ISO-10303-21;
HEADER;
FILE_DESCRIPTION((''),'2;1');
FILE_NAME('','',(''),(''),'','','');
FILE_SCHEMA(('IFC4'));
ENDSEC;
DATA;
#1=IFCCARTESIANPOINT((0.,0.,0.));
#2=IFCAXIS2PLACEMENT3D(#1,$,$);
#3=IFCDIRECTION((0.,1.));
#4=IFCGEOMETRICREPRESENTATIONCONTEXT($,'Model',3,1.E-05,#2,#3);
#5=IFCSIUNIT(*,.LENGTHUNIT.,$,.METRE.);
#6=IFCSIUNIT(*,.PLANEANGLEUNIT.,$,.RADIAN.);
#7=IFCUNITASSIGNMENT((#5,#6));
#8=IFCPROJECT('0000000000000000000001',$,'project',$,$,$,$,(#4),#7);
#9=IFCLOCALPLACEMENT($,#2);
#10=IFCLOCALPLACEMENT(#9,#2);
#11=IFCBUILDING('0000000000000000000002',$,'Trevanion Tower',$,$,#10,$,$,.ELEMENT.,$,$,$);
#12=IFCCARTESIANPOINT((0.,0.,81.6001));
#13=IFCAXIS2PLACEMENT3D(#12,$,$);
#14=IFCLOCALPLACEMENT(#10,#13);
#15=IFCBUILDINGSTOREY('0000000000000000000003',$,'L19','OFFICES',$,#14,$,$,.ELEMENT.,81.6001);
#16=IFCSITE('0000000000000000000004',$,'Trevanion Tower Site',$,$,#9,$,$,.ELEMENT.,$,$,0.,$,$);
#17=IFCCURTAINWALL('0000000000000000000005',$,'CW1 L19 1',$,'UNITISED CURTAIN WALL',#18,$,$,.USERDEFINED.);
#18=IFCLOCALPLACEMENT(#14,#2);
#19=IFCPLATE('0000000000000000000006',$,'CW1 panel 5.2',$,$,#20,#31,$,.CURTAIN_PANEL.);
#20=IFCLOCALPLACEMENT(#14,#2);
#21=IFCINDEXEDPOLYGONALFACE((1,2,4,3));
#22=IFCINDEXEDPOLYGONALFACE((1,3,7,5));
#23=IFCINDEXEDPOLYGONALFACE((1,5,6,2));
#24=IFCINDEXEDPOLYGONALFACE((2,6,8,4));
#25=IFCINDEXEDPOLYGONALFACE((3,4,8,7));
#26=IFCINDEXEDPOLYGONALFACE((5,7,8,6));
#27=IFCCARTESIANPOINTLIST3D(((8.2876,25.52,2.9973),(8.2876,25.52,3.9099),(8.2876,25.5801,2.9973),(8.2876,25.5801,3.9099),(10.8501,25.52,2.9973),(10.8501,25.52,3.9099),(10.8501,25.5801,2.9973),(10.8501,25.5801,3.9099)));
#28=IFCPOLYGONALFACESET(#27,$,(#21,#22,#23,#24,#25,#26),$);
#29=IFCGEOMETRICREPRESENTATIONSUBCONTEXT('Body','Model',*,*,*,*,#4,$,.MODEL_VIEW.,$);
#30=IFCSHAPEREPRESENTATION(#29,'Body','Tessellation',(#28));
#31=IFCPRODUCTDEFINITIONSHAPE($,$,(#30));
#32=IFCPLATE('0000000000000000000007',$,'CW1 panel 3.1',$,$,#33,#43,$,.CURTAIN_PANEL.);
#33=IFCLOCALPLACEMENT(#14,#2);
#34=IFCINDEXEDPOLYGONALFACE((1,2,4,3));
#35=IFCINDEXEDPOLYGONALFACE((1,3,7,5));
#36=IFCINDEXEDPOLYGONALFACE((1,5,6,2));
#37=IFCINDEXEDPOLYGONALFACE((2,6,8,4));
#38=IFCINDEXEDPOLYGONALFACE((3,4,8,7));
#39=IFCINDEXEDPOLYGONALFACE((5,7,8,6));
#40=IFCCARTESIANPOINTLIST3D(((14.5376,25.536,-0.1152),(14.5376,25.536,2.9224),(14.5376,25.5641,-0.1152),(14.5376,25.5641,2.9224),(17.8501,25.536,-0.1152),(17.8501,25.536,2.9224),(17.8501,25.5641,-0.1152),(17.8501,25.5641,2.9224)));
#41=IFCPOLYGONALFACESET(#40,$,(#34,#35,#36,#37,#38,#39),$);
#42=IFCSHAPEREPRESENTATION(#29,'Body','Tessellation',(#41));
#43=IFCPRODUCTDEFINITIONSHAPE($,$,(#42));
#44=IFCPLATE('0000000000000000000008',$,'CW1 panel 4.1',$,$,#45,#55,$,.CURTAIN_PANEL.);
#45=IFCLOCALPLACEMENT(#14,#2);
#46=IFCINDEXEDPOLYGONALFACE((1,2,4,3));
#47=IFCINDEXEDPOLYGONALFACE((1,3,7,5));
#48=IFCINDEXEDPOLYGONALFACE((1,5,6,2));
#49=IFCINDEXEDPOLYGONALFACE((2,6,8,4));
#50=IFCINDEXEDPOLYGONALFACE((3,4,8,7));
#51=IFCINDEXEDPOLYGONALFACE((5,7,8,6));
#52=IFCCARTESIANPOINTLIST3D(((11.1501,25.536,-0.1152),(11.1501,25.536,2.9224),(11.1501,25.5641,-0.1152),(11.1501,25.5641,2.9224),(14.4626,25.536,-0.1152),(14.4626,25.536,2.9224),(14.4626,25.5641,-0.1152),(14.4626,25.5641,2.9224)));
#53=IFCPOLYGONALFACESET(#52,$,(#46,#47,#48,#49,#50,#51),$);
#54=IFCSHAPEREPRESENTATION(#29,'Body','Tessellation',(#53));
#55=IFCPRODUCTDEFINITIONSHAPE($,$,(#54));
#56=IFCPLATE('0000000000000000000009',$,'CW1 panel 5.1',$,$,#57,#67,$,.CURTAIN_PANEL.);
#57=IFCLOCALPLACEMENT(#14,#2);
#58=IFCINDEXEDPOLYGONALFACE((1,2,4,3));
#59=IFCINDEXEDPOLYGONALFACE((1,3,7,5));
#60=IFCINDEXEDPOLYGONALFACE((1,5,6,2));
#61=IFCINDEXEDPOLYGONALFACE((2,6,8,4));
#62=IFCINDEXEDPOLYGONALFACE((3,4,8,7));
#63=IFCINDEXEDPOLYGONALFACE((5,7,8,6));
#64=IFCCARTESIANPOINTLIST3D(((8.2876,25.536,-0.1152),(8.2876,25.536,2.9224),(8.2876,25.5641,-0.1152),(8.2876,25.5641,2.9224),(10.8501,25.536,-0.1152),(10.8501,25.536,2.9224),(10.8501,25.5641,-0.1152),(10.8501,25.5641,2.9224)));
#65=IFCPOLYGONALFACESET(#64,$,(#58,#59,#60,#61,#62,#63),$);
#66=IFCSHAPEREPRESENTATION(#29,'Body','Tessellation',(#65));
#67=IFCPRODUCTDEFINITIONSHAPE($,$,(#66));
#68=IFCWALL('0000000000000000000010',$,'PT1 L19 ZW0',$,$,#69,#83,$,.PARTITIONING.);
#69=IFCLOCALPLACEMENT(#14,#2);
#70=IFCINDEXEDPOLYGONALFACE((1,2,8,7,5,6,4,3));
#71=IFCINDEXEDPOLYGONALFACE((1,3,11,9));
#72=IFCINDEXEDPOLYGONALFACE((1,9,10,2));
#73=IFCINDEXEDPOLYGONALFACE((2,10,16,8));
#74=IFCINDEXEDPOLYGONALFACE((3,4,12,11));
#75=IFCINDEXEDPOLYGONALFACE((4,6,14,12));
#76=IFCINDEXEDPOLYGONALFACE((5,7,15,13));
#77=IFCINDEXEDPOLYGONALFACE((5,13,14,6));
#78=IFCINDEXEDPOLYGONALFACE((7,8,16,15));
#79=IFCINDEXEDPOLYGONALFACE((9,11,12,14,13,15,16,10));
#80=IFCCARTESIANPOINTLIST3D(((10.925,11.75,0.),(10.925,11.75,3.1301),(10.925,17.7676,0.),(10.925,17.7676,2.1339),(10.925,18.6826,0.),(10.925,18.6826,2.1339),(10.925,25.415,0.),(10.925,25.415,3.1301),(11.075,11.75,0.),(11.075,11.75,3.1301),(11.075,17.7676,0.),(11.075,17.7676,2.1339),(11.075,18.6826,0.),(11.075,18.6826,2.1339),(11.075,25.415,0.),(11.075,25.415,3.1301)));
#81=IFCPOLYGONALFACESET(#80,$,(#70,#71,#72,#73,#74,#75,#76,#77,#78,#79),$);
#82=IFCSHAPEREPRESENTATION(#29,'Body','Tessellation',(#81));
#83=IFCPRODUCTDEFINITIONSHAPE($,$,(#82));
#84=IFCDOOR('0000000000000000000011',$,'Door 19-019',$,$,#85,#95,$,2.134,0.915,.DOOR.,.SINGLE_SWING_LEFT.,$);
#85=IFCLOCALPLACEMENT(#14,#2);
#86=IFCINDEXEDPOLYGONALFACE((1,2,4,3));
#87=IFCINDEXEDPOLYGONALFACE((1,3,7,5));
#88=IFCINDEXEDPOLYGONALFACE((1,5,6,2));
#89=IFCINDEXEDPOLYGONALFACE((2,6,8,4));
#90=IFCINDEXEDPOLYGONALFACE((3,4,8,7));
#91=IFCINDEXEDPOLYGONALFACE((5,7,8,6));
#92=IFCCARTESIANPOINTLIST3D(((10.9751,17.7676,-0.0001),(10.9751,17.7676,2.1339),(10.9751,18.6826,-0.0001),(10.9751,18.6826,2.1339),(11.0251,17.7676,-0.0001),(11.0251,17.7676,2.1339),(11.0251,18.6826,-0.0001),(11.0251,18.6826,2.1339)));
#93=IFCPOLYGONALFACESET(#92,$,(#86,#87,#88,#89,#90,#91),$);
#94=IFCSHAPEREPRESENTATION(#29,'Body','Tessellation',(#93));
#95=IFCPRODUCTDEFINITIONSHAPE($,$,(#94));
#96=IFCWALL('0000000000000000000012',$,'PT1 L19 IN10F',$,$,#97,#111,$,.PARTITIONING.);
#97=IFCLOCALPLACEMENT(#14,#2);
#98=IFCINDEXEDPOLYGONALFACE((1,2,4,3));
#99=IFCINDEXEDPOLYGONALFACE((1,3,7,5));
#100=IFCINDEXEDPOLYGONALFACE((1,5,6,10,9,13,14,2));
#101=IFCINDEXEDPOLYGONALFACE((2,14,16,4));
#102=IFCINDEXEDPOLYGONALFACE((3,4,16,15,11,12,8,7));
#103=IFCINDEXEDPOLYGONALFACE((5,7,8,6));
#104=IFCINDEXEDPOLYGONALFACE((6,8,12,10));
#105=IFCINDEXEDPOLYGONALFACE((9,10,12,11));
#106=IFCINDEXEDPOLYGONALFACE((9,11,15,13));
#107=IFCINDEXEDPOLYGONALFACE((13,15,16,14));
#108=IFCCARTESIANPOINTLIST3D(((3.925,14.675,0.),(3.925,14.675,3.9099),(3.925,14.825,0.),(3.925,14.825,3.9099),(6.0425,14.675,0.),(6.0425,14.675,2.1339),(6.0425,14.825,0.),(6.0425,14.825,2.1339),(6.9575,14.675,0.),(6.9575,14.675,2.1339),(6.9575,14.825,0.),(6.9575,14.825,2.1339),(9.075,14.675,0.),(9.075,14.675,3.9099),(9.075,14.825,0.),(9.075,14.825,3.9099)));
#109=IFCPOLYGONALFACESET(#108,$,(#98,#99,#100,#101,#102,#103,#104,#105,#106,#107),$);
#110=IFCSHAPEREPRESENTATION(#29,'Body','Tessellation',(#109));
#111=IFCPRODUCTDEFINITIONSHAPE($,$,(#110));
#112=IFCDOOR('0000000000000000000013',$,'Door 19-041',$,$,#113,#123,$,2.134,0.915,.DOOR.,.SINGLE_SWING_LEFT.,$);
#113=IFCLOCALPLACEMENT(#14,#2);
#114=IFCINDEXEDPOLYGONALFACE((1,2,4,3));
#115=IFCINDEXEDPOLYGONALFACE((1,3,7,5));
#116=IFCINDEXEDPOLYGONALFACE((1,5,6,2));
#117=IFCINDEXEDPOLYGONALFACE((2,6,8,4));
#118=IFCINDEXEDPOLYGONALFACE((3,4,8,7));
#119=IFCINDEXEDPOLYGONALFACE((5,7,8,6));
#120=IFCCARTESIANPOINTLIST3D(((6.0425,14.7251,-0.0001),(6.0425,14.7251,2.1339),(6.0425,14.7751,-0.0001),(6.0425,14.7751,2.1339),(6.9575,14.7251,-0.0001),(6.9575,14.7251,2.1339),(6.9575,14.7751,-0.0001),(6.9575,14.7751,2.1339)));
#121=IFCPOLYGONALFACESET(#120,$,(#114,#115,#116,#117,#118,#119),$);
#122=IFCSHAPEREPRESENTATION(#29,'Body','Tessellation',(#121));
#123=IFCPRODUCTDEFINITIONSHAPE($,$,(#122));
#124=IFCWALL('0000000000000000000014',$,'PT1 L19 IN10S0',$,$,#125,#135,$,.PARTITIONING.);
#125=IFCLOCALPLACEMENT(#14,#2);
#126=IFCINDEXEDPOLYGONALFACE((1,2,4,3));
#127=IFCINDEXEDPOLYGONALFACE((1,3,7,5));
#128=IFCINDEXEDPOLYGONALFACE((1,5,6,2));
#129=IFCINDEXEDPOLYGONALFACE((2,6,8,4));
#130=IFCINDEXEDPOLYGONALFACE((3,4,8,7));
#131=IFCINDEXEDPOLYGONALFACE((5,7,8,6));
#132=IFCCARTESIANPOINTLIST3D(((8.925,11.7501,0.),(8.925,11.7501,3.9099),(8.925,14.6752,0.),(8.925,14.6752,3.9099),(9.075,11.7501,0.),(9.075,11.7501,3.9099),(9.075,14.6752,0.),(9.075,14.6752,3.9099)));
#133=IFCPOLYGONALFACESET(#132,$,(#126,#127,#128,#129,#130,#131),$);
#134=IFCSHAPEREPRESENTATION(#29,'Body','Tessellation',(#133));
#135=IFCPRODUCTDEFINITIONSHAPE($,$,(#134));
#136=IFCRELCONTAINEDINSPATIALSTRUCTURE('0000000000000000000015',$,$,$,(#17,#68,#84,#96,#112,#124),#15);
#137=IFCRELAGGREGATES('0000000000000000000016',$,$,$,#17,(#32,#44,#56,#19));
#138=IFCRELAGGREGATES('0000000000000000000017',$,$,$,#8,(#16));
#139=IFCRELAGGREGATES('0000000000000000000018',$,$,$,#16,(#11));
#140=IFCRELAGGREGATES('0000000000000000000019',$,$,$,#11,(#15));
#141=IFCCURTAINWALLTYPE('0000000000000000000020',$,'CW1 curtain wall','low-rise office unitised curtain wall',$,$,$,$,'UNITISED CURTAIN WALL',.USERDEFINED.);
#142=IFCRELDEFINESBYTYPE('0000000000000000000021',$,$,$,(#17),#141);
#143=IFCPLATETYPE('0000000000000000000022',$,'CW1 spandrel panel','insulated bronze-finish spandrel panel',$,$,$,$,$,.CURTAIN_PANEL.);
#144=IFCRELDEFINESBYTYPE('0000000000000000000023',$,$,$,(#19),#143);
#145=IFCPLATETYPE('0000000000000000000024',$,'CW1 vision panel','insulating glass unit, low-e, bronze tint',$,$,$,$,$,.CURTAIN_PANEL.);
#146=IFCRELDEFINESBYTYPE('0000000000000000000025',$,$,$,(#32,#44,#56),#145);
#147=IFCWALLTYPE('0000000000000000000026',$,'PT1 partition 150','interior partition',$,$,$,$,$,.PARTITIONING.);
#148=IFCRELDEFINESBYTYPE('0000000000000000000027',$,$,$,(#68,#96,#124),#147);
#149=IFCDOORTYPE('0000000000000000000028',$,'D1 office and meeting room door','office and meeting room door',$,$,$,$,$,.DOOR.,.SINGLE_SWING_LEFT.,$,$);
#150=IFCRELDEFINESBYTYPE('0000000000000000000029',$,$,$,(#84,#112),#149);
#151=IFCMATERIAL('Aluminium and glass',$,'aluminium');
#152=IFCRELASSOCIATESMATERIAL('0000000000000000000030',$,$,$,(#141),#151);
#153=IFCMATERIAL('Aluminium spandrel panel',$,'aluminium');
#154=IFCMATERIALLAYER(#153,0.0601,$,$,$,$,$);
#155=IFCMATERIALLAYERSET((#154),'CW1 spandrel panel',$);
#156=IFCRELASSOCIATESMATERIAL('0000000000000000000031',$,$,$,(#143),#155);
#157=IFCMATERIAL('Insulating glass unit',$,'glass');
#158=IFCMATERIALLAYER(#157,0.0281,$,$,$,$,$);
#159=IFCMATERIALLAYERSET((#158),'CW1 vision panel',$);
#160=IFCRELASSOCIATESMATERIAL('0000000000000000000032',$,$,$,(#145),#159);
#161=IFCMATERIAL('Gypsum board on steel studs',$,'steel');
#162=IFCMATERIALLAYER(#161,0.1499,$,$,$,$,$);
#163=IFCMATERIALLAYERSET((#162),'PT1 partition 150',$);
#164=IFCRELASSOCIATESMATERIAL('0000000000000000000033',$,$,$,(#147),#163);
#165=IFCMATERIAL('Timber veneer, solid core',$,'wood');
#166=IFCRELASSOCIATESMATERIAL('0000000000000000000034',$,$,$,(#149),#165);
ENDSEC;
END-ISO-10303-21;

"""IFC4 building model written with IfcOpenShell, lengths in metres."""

from ifc_helpers import new_model, si_unit, direction, frame, frame_2d, origin, origin_2d, place, context, subcontext, project, spatial, rectangle, extrude, material, layer, layer_set, type_object, element, fill, aggregate, save


model = new_model("IFC4")

# Units and contexts
model_context = context("Model", 3, precision=1e-05, world=origin(), true_north=direction((0.0, 1.0)))
body_context = subcontext(model_context, "Body", "Model", "MODEL_VIEW")
ifc_project = project(units=[si_unit("LENGTHUNIT", "METRE"), si_unit("PLANEANGLEUNIT", "RADIAN")], contexts=[model_context])

# Site, building, storey
site_placement = place(None, origin())
site = spatial("IfcSite", under=ifc_project, at=site_placement, Name="Trevanion Tower Site", CompositionType="ELEMENT", RefElevation=0.0)
building_placement = place(site_placement, origin())
building = spatial("IfcBuilding", under=site, at=building_placement, Name="Trevanion Tower", CompositionType="ELEMENT")
storey_placement = place(building_placement, frame((0.0, 0.0, 81.6001)))
storey = spatial("IfcBuildingStorey", under=building, at=storey_placement, Name="L19", Description="OFFICES", CompositionType="ELEMENT", Elevation=81.6001)

# Curtain wall
ifc_material_1 = material(Name="Aluminium and glass", Category="aluminium")
curtain_wall_type = type_object("IfcCurtainWallType", Name="CW1 curtain wall", Description="low-rise office unitised curtain wall", ElementType="UNITISED CURTAIN WALL", PredefinedType="USERDEFINED", material=ifc_material_1)
curtain_wall_placement = place(storey_placement, origin())
curtain_wall = element("IfcCurtainWall", 1, at=curtain_wall_placement, inside=storey, type_object=curtain_wall_type, Name="CW1 L19 1", ObjectType="UNITISED CURTAIN WALL", PredefinedType="USERDEFINED")

# Plates
ifc_material_2 = material(Name="Aluminium spandrel panel", Category="aluminium")
ifc_layer_1 = layer(ifc_material_2, 0.0601)
ifc_layer_set_1 = layer_set([ifc_layer_1], Name="CW1 spandrel panel")
plate_type_1 = type_object("IfcPlateType", Name="CW1 spandrel panel", Description="insulated bronze-finish spandrel panel", PredefinedType="CURTAIN_PANEL", material=ifc_layer_set_1)
plate_1_placement = place(storey_placement, frame((9.5688, 25.55, 2.9973), z_axis=(0.0, 0.0, 1.0), x_axis=(-1.0, 0.0, 0.0)))
plate_1 = element("IfcPlate", 2, at=plate_1_placement, type_object=plate_type_1, Name="CW1 panel 5.2", PredefinedType="CURTAIN_PANEL", context=body_context, shape_type="SweptSolid", body=[
    extrude(rectangle(XDim=2.5625, YDim=0.0601, at=origin_2d()), origin(), (0.0, 0.0, 1.0), 0.9126),
])
ifc_material_3 = material(Name="Insulating glass unit", Category="glass")
ifc_layer_2 = layer(ifc_material_3, 0.0281)
ifc_layer_set_2 = layer_set([ifc_layer_2], Name="CW1 vision panel")
plate_type_2 = type_object("IfcPlateType", Name="CW1 vision panel", Description="insulating glass unit, low-e, bronze tint", PredefinedType="CURTAIN_PANEL", material=ifc_layer_set_2)
plate_2_placement = place(storey_placement, frame((16.1938, 25.55, -0.1152), z_axis=(0.0, 0.0, 1.0), x_axis=(-1.0, 0.0, 0.0)))
plate_2 = element("IfcPlate", 3, at=plate_2_placement, type_object=plate_type_2, Name="CW1 panel 3.1", PredefinedType="CURTAIN_PANEL", context=body_context, shape_type="SweptSolid", body=[
    extrude(rectangle(XDim=3.3125, YDim=0.0281, at=origin_2d()), origin(), (0.0, 0.0, 1.0), 3.0376),
])
plate_3_placement = place(storey_placement, frame((12.8064, 25.55, -0.1152), z_axis=(0.0, 0.0, 1.0), x_axis=(-1.0, 0.0, 0.0)))
plate_3 = element("IfcPlate", 4, at=plate_3_placement, type_object=plate_type_2, Name="CW1 panel 4.1", PredefinedType="CURTAIN_PANEL", context=body_context, shape_type="SweptSolid", body=[
    extrude(rectangle(XDim=3.3125, YDim=0.0281, at=origin_2d()), origin(), (0.0, 0.0, 1.0), 3.0376),
])
plate_4_placement = place(storey_placement, frame((9.5688, 25.55, -0.1152), z_axis=(0.0, 0.0, 1.0), x_axis=(-1.0, 0.0, 0.0)))
plate_4 = element("IfcPlate", 5, at=plate_4_placement, type_object=plate_type_2, Name="CW1 panel 5.1", PredefinedType="CURTAIN_PANEL", context=body_context, shape_type="SweptSolid", body=[
    extrude(rectangle(XDim=2.5625, YDim=0.0281, at=origin_2d()), origin(), (0.0, 0.0, 1.0), 3.0376),
])
aggregate(curtain_wall, [plate_2, plate_3, plate_4, plate_1])

# Walls, openings, doors
ifc_material_4 = material(Name="Gypsum board on steel studs", Category="steel")
ifc_layer_3 = layer(ifc_material_4, 0.1499)
ifc_layer_set_3 = layer_set([ifc_layer_3], Name="PT1 partition 150")
wall_type = type_object("IfcWallType", Name="PT1 partition 150", Description="interior partition", PredefinedType="PARTITIONING", material=ifc_layer_set_3)
wall_1_placement = place(storey_placement, frame((11.0, 11.75, 0.0), z_axis=(0.0, 0.0, 1.0), x_axis=(0.0, 1.0, 0.0)))
wall_1 = element("IfcWall", 6, at=wall_1_placement, inside=storey, type_object=wall_type, Name="PT1 L19 ZW0", PredefinedType="PARTITIONING", context=body_context, shape_type="SweptSolid", body=[
    extrude(rectangle(XDim=13.665, YDim=0.1499, at=frame_2d((6.8325, 0.0))), origin(), (0.0, 0.0, 1.0), 3.1301),
])
opening_1_placement = place(wall_1_placement, frame((6.0176, 0.0, 0.0)))
opening_1 = element("IfcOpeningElement", 7, at=opening_1_placement, cuts=wall_1, PredefinedType="OPENING", context=body_context, shape_type="SweptSolid", body=[
    extrude(rectangle(XDim=0.915, YDim=2.134, at=frame_2d((0.4575, 1.0669))), frame((0.0, 0.085, 0.0), z_axis=(0.0, -1.0, 0.0), x_axis=(1.0, 0.0, 0.0)), (0.0, 0.0, 1.0), 0.1699),
])
ifc_material_5 = material(Name="Timber veneer, solid core", Category="wood")
door_type = type_object("IfcDoorType", Name="D1 office and meeting room door", Description="office and meeting room door", OperationType="SINGLE_SWING_LEFT", PredefinedType="DOOR", material=ifc_material_5)
door_1_placement = place(opening_1_placement, origin())
door_1 = element("IfcDoor", 8, at=door_1_placement, inside=storey, type_object=door_type, Name="Door 19-019", OperationType="SINGLE_SWING_LEFT", OverallHeight=2.134, OverallWidth=0.915, PredefinedType="DOOR", context=body_context, shape_type="SweptSolid", body=[
    extrude(rectangle(XDim=0.915, YDim=2.134, at=frame_2d((0.4575, 1.0669))), frame((0.0, 0.0249, 0.0), z_axis=(0.0, -1.0, 0.0), x_axis=(1.0, 0.0, 0.0)), (0.0, 0.0, 1.0), 0.05),
])
fill(opening_1, door_1)
wall_2_placement = place(storey_placement, frame((9.075, 14.75, 0.0), z_axis=(0.0, 0.0, 1.0), x_axis=(-1.0, 0.0, 0.0)))
wall_2 = element("IfcWall", 9, at=wall_2_placement, inside=storey, type_object=wall_type, Name="PT1 L19 IN10F", PredefinedType="PARTITIONING", context=body_context, shape_type="SweptSolid", body=[
    extrude(rectangle(XDim=5.1499, YDim=0.1499, at=frame_2d((2.575, 0.0))), origin(), (0.0, 0.0, 1.0), 3.9099),
])
opening_2_placement = place(wall_2_placement, frame((2.1174, 0.0, 0.0)))
opening_2 = element("IfcOpeningElement", 10, at=opening_2_placement, cuts=wall_2, PredefinedType="OPENING", context=body_context, shape_type="SweptSolid", body=[
    extrude(rectangle(XDim=0.915, YDim=2.134, at=frame_2d((0.4575, 1.0669))), frame((0.0, 0.085, 0.0), z_axis=(0.0, -1.0, 0.0), x_axis=(1.0, 0.0, 0.0)), (0.0, 0.0, 1.0), 0.1699),
])
door_2_placement = place(opening_2_placement, origin())
door_2 = element("IfcDoor", 11, at=door_2_placement, inside=storey, type_object=door_type, Name="Door 19-041", OperationType="SINGLE_SWING_LEFT", OverallHeight=2.134, OverallWidth=0.915, PredefinedType="DOOR", context=body_context, shape_type="SweptSolid", body=[
    extrude(rectangle(XDim=0.915, YDim=2.134, at=frame_2d((0.4575, 1.0669))), frame((0.0, 0.0249, 0.0), z_axis=(0.0, -1.0, 0.0), x_axis=(1.0, 0.0, 0.0)), (0.0, 0.0, 1.0), 0.05),
])
fill(opening_2, door_2)

# Wall
wall_3_placement = place(storey_placement, frame((9.0, 14.675, 0.0), z_axis=(0.0, 0.0, 1.0), x_axis=(0.0, -1.0, 0.0)))
element("IfcWall", 12, at=wall_3_placement, inside=storey, type_object=wall_type, Name="PT1 L19 IN10S0", PredefinedType="PARTITIONING", context=body_context, shape_type="SweptSolid", body=[
    extrude(rectangle(XDim=2.925, YDim=0.1499, at=frame_2d((1.4624, 0.0))), origin(), (0.0, 0.0, 1.0), 3.9099),
])

save(model, "model.ifc")
